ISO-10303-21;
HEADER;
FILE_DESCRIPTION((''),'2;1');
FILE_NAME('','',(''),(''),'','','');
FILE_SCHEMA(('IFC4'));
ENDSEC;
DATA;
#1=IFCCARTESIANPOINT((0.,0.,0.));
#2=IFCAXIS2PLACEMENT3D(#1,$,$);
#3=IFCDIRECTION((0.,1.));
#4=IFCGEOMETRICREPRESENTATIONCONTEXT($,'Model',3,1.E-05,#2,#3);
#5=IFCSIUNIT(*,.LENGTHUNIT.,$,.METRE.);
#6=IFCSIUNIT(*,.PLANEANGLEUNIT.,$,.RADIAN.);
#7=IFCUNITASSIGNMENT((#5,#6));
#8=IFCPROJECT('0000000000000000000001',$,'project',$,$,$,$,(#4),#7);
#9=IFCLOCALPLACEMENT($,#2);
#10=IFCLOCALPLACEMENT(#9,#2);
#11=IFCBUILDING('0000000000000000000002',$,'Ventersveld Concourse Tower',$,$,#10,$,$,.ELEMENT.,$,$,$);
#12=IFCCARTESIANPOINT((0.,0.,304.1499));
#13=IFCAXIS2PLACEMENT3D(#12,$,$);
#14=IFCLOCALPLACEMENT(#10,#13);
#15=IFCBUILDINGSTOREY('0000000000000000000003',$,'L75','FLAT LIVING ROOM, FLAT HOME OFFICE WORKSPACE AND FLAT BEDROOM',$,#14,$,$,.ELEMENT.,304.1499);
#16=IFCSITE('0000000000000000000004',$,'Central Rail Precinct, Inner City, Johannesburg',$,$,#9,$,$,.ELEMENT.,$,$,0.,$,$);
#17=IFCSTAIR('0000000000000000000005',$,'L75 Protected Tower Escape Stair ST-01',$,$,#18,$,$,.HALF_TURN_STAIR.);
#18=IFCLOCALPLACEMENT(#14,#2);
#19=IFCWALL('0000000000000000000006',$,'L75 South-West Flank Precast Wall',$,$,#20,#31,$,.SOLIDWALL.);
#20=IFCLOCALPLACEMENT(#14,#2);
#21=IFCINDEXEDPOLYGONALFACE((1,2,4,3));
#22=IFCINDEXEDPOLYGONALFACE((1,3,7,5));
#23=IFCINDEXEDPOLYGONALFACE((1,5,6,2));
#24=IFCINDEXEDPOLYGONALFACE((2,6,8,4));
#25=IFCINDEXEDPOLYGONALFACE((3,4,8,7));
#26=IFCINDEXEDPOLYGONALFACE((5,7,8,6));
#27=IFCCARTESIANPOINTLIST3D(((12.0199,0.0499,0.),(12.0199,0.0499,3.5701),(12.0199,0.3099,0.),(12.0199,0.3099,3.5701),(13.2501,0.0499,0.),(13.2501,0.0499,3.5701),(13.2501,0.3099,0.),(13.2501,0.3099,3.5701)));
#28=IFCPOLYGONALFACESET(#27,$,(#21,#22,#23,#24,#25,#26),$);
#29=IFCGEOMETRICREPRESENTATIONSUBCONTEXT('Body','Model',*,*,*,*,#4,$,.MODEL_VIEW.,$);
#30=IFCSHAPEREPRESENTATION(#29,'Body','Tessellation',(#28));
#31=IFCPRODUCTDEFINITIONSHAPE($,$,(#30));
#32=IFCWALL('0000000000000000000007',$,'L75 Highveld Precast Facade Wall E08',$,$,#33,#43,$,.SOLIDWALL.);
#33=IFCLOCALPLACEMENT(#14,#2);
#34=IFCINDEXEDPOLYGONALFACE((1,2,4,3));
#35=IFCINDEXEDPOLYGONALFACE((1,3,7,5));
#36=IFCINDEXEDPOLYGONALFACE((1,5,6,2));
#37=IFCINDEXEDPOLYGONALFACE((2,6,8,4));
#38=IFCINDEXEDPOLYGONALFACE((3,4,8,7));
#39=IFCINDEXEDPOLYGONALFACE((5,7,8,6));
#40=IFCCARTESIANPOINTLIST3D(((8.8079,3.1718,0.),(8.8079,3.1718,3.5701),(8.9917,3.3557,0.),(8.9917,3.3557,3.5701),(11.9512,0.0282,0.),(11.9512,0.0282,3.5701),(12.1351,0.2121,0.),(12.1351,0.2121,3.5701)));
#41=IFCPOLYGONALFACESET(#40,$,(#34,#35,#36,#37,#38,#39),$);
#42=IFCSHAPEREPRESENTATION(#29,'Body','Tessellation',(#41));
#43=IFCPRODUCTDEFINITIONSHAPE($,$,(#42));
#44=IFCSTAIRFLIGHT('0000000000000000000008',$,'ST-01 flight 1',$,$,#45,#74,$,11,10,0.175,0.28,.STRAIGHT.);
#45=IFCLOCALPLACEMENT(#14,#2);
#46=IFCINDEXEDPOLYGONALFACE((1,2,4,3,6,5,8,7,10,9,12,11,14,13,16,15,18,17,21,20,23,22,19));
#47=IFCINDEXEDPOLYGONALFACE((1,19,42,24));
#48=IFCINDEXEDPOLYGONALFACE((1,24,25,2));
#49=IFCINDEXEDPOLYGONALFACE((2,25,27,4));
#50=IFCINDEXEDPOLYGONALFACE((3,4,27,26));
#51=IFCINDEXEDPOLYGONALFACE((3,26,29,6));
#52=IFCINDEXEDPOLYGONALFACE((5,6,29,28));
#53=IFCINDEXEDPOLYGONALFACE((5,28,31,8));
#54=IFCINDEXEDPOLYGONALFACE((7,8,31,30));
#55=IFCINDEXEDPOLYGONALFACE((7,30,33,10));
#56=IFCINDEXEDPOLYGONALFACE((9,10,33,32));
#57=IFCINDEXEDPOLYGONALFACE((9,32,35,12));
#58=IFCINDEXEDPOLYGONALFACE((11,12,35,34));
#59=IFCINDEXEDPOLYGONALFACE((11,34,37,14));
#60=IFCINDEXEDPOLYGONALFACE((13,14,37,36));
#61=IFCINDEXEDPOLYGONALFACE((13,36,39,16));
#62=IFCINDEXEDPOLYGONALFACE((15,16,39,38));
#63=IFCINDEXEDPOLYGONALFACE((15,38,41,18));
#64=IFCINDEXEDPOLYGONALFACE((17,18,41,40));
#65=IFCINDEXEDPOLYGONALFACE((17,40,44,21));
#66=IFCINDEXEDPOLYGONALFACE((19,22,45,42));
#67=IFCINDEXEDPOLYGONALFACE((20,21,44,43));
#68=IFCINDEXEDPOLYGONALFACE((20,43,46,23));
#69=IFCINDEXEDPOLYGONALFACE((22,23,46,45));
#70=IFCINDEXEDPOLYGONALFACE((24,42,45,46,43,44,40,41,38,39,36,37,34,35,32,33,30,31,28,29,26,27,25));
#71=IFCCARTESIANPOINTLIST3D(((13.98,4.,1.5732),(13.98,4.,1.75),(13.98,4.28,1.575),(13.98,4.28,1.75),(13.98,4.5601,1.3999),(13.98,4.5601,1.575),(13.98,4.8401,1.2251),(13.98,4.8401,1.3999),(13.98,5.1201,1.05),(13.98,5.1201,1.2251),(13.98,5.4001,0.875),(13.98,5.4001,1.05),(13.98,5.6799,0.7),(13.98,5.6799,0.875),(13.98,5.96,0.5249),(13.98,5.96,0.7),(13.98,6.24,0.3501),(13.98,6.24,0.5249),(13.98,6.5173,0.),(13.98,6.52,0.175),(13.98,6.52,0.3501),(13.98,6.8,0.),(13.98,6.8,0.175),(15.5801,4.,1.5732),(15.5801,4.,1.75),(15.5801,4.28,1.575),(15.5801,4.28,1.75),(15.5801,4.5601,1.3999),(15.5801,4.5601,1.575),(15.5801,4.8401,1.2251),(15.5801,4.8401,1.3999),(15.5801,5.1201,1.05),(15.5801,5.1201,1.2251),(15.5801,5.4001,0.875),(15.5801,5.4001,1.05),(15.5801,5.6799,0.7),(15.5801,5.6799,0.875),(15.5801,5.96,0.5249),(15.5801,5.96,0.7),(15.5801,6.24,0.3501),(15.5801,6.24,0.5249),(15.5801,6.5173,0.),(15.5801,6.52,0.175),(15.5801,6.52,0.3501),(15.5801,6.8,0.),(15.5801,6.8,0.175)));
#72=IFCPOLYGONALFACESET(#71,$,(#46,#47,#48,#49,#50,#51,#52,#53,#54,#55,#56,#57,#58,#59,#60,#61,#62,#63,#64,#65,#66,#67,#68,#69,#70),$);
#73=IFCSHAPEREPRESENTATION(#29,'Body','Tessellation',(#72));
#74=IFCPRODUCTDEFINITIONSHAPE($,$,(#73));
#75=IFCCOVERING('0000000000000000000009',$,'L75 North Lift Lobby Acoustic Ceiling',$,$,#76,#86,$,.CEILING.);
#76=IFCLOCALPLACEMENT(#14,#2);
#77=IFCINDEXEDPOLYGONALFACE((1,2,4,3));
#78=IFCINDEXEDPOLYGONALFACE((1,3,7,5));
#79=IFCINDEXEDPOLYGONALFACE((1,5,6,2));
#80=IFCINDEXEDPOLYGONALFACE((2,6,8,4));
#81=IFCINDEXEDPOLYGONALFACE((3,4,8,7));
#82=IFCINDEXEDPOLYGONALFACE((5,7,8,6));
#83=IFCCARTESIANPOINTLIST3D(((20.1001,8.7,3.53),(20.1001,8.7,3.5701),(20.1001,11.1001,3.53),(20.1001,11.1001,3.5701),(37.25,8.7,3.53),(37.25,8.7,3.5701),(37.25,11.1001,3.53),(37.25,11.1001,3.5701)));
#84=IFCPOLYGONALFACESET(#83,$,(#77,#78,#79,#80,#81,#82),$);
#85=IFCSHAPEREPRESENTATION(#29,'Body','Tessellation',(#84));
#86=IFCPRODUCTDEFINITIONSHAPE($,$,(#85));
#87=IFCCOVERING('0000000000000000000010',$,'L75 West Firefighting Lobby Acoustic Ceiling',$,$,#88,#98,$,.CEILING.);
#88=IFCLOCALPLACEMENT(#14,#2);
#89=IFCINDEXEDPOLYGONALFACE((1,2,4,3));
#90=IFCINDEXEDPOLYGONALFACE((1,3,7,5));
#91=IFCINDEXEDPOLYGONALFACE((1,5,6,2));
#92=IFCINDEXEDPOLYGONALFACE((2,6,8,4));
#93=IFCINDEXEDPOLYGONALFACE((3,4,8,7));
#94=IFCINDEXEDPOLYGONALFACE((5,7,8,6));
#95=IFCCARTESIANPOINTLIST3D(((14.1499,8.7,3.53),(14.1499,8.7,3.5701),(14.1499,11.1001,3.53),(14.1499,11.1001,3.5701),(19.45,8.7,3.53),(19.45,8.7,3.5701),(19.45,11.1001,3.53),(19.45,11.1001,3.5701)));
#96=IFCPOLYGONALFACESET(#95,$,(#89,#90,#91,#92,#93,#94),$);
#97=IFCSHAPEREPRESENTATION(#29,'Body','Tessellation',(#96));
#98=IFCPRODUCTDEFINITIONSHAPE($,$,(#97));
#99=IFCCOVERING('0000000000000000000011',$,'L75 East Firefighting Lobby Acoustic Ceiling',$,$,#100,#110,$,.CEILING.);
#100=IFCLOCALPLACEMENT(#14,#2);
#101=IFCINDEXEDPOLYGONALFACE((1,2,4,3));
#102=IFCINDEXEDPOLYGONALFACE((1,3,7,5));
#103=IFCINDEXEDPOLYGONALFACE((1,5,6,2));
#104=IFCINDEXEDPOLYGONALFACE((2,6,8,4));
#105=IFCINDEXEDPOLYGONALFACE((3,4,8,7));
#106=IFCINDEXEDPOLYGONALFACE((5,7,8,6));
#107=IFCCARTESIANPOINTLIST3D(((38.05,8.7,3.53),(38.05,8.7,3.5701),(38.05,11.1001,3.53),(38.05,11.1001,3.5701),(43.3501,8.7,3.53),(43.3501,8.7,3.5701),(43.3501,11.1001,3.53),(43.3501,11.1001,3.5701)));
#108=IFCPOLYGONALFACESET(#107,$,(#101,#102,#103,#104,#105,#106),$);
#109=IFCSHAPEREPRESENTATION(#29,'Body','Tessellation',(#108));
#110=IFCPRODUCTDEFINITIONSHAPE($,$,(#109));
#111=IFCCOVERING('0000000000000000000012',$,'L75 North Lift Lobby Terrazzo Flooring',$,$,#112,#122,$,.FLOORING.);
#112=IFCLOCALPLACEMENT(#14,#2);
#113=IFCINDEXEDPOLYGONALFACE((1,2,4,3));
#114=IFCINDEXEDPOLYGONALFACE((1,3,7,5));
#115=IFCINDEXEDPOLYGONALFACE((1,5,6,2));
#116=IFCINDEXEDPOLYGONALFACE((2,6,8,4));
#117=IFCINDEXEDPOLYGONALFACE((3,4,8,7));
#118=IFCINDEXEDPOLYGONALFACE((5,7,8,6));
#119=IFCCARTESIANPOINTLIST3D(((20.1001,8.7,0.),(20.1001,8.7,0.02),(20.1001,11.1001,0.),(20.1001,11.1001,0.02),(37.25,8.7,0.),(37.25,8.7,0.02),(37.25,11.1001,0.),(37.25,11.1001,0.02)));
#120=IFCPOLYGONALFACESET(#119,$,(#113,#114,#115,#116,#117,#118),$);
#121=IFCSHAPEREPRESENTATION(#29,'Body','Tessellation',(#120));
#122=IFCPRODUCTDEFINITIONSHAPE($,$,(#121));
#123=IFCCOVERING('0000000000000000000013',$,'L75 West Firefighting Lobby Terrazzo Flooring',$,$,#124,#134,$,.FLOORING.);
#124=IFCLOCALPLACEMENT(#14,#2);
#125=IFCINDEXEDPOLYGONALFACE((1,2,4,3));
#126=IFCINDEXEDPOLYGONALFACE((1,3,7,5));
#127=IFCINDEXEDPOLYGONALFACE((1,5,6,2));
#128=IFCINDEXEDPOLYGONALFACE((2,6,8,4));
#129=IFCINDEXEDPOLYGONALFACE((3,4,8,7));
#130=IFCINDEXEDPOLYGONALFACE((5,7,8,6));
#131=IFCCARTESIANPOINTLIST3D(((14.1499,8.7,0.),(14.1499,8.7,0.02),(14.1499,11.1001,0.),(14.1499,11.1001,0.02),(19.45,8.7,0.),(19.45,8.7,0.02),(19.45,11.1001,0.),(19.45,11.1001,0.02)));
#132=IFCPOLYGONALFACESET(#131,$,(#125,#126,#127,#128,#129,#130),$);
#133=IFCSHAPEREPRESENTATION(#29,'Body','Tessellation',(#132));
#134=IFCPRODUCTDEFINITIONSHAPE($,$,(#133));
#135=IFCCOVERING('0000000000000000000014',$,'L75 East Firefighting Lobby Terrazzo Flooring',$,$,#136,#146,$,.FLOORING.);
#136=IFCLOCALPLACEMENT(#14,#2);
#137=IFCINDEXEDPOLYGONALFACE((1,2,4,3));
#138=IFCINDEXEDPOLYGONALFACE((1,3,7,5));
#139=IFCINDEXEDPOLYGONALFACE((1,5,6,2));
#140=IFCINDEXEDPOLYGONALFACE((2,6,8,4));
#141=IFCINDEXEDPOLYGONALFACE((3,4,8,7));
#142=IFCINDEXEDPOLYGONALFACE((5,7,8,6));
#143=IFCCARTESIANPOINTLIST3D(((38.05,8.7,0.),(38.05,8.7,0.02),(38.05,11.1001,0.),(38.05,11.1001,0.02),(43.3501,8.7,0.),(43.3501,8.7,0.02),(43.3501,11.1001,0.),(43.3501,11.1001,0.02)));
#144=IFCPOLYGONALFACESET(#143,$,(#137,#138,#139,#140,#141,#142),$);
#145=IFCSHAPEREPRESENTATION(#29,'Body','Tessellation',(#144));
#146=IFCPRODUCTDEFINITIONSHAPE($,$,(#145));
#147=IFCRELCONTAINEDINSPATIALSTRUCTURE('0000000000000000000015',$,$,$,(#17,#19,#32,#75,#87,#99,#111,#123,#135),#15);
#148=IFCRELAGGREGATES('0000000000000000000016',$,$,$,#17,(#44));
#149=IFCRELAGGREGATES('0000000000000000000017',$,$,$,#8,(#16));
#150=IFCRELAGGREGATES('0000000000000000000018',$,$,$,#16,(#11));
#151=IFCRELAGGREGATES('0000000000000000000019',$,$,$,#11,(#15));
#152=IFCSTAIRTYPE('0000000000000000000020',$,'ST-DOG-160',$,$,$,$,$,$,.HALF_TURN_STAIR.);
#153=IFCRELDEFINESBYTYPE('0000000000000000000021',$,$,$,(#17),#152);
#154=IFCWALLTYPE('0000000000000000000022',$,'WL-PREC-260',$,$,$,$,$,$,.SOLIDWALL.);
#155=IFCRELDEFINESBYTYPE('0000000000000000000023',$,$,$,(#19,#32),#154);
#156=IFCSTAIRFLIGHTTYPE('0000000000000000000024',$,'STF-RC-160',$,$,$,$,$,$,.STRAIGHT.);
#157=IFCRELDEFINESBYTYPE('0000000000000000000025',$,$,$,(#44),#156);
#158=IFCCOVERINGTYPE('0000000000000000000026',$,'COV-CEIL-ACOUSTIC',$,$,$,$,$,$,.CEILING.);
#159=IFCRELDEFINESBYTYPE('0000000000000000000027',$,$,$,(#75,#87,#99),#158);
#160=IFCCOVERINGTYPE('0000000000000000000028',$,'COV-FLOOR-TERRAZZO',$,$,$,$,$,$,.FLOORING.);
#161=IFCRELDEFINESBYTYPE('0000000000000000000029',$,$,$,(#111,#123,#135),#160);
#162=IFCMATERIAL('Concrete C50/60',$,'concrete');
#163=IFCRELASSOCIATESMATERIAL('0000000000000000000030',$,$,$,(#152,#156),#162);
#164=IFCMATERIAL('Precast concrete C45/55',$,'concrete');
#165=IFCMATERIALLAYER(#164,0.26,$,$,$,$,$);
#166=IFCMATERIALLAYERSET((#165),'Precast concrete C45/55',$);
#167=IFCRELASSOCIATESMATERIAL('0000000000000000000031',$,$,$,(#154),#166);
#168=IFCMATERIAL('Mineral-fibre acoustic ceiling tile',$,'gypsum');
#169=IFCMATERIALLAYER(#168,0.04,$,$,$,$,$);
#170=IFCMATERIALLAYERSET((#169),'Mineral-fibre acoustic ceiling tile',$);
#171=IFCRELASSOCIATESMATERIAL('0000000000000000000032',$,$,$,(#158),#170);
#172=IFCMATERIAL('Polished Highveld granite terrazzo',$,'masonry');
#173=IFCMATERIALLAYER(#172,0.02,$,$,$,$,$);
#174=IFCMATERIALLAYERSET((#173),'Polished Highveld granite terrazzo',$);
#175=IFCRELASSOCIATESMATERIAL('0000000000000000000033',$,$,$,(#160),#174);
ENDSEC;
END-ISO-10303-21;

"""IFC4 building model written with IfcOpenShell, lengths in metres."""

from ifc_helpers import new_model, si_unit, direction, frame, frame_2d, origin, place, context, subcontext, project, spatial, polyline, rectangle, outline, extrude, material, layer, layer_set, type_object, element, aggregate, save


model = new_model("IFC4")

# Units and contexts
model_context = context("Model", 3, precision=1e-05, world=origin(), true_north=direction((0.0, 1.0)))
body_context = subcontext(model_context, "Body", "Model", "MODEL_VIEW")
ifc_project = project(units=[si_unit("LENGTHUNIT", "METRE"), si_unit("PLANEANGLEUNIT", "RADIAN")], contexts=[model_context])

# Site, building, storey
site_placement = place(None, origin())
site = spatial("IfcSite", under=ifc_project, at=site_placement, Name="Central Rail Precinct, Inner City, Johannesburg", CompositionType="ELEMENT", RefElevation=0.0)
building_placement = place(site_placement, origin())
building = spatial("IfcBuilding", under=site, at=building_placement, Name="Ventersveld Concourse Tower", CompositionType="ELEMENT")
storey_placement = place(building_placement, frame((0.0, 0.0, 304.1499)))
storey = spatial("IfcBuildingStorey", under=building, at=storey_placement, Name="L75", Description="FLAT LIVING ROOM, FLAT HOME OFFICE WORKSPACE AND FLAT BEDROOM", CompositionType="ELEMENT", Elevation=304.1499)

# Shared definitions
ifc_material_1 = material(Name="Concrete C50/60", Category="concrete")

# Stair
stair_type_1 = type_object("IfcStairType", Name="ST-DOG-160", PredefinedType="HALF_TURN_STAIR", material=ifc_material_1)
stair_1_placement = place(storey_placement, origin())
stair_1 = element("IfcStair", 1, at=stair_1_placement, inside=storey, type_object=stair_type_1, Name="L75 Protected Tower Escape Stair ST-01", PredefinedType="HALF_TURN_STAIR")

# Walls
ifc_material_2 = material(Name="Precast concrete C45/55", Category="concrete")
ifc_layer_1 = layer(ifc_material_2, 0.26)
ifc_layer_set_1 = layer_set([ifc_layer_1], Name="Precast concrete C45/55")
wall_type_1 = type_object("IfcWallType", Name="WL-PREC-260", PredefinedType="SOLIDWALL", material=ifc_layer_set_1)
wall_1_placement = place(storey_placement, frame((12.0198, 0.1799, 0.0), z_axis=(0.0, 0.0, 1.0), x_axis=(1.0, 0.0, 0.0)))
element("IfcWall", 2, at=wall_1_placement, inside=storey, type_object=wall_type_1, Name="L75 South-West Flank Precast Wall", PredefinedType="SOLIDWALL", context=body_context, shape_type="SweptSolid", body=[
    extrude(rectangle(XDim=1.2302, YDim=0.26, at=frame_2d((0.6152, 0.0))), origin(), (0.0, 0.0, 1.0), 3.5701),
])
wall_2_placement = place(storey_placement, frame((8.8999, 3.2637, 0.0), z_axis=(0.0, 0.0, 1.0), x_axis=(0.707079, -0.707134, 0.0)))
element("IfcWall", 3, at=wall_2_placement, inside=storey, type_object=wall_type_1, Name="L75 Highveld Precast Facade Wall E08", PredefinedType="SOLIDWALL", context=body_context, shape_type="SweptSolid", body=[
    extrude(rectangle(XDim=4.4456, YDim=0.26, at=frame_2d((2.2227, 0.0))), origin(), (0.0, 0.0, 1.0), 3.5701),
])

# Stair flight
stair_flight_type = type_object("IfcStairFlightType", Name="STF-RC-160", PredefinedType="STRAIGHT", material=ifc_material_1)
stair_flight_placement = place(storey_placement, frame((14.78, 6.8, 0.0), z_axis=(0.0, 0.0, 1.0), x_axis=(0.0, -1.0, 0.0)))
stair_flight = element("IfcStairFlight", 4, at=stair_flight_placement, type_object=stair_flight_type, Name="ST-01 flight 1", NumberOfRisers=11, NumberOfTreads=10, PredefinedType="STRAIGHT", RiserHeight=0.175, TreadLength=0.28, context=body_context, shape_type="SweptSolid", body=[
    extrude(outline(polyline([(0.0, 0.0), (0.0, 0.175), (0.28, 0.175), (0.28, 0.3501), (0.5601, 0.3501), (0.5601, 0.5249), (0.8401, 0.5249), (0.8401, 0.7), (1.1201, 0.7), (1.1201, 0.875), (1.3999, 0.875), (1.3999, 1.05), (1.6799, 1.05), (1.6799, 1.2251), (1.96, 1.2251), (1.96, 1.3999), (2.24, 1.3999), (2.24, 1.575), (2.52, 1.575), (2.52, 1.75), (2.8, 1.75), (2.8, 1.925), (2.8, 1.5732), (0.2827, 0.0), (0.0, 0.0)])), frame((0.0, 0.8, 0.0), z_axis=(0.0, -1.0, 0.0), x_axis=(1.0, 0.0, 0.0)), (0.0, 0.0, 1.0), 1.6001),
])
aggregate(stair_1, [stair_flight])

# Coverings
ifc_material_3 = material(Name="Mineral-fibre acoustic ceiling tile", Category="gypsum")
ifc_layer_2 = layer(ifc_material_3, 0.04)
ifc_layer_set_2 = layer_set([ifc_layer_2], Name="Mineral-fibre acoustic ceiling tile")
covering_type_1 = type_object("IfcCoveringType", Name="COV-CEIL-ACOUSTIC", PredefinedType="CEILING", material=ifc_layer_set_2)
covering_1_placement = place(storey_placement, frame((0.0, 0.0, 3.53)))
element("IfcCovering", 5, at=covering_1_placement, inside=storey, type_object=covering_type_1, Name="L75 North Lift Lobby Acoustic Ceiling", PredefinedType="CEILING", context=body_context, shape_type="SweptSolid", body=[
    extrude(outline(polyline([(20.1001, 8.7), (37.25, 8.7), (37.25, 11.1001), (20.1001, 11.1001), (20.1001, 8.7)])), origin(), (0.0, 0.0, 1.0), 0.04),
])
covering_2_placement = place(storey_placement, frame((0.0, 0.0, 3.53)))
element("IfcCovering", 6, at=covering_2_placement, inside=storey, type_object=covering_type_1, Name="L75 West Firefighting Lobby Acoustic Ceiling", PredefinedType="CEILING", context=body_context, shape_type="SweptSolid", body=[
    extrude(outline(polyline([(14.1499, 8.7), (19.45, 8.7), (19.45, 11.1001), (14.1499, 11.1001), (14.1499, 8.7)])), origin(), (0.0, 0.0, 1.0), 0.04),
])
covering_3_placement = place(storey_placement, frame((0.0, 0.0, 3.53)))
element("IfcCovering", 7, at=covering_3_placement, inside=storey, type_object=covering_type_1, Name="L75 East Firefighting Lobby Acoustic Ceiling", PredefinedType="CEILING", context=body_context, shape_type="SweptSolid", body=[
    extrude(outline(polyline([(38.05, 8.7), (43.3501, 8.7), (43.3501, 11.1001), (38.05, 11.1001), (38.05, 8.7)])), origin(), (0.0, 0.0, 1.0), 0.04),
])
ifc_material_4 = material(Name="Polished Highveld granite terrazzo", Category="masonry")
ifc_layer_3 = layer(ifc_material_4, 0.02)
ifc_layer_set_3 = layer_set([ifc_layer_3], Name="Polished Highveld granite terrazzo")
covering_type_2 = type_object("IfcCoveringType", Name="COV-FLOOR-TERRAZZO", PredefinedType="FLOORING", material=ifc_layer_set_3)
covering_4_placement = place(storey_placement, origin())
element("IfcCovering", 8, at=covering_4_placement, inside=storey, type_object=covering_type_2, Name="L75 North Lift Lobby Terrazzo Flooring", PredefinedType="FLOORING", context=body_context, shape_type="SweptSolid", body=[
    extrude(outline(polyline([(20.1001, 8.7), (37.25, 8.7), (37.25, 11.1001), (20.1001, 11.1001), (20.1001, 8.7)])), origin(), (0.0, 0.0, 1.0), 0.02),
])
covering_5_placement = place(storey_placement, origin())
element("IfcCovering", 9, at=covering_5_placement, inside=storey, type_object=covering_type_2, Name="L75 West Firefighting Lobby Terrazzo Flooring", PredefinedType="FLOORING", context=body_context, shape_type="SweptSolid", body=[
    extrude(outline(polyline([(14.1499, 8.7), (19.45, 8.7), (19.45, 11.1001), (14.1499, 11.1001), (14.1499, 8.7)])), origin(), (0.0, 0.0, 1.0), 0.02),
])
covering_6_placement = place(storey_placement, origin())
element("IfcCovering", 10, at=covering_6_placement, inside=storey, type_object=covering_type_2, Name="L75 East Firefighting Lobby Terrazzo Flooring", PredefinedType="FLOORING", context=body_context, shape_type="SweptSolid", body=[
    extrude(outline(polyline([(38.05, 8.7), (43.3501, 8.7), (43.3501, 11.1001), (38.05, 11.1001), (38.05, 8.7)])), origin(), (0.0, 0.0, 1.0), 0.02),
])

save(model, "model.ifc")
